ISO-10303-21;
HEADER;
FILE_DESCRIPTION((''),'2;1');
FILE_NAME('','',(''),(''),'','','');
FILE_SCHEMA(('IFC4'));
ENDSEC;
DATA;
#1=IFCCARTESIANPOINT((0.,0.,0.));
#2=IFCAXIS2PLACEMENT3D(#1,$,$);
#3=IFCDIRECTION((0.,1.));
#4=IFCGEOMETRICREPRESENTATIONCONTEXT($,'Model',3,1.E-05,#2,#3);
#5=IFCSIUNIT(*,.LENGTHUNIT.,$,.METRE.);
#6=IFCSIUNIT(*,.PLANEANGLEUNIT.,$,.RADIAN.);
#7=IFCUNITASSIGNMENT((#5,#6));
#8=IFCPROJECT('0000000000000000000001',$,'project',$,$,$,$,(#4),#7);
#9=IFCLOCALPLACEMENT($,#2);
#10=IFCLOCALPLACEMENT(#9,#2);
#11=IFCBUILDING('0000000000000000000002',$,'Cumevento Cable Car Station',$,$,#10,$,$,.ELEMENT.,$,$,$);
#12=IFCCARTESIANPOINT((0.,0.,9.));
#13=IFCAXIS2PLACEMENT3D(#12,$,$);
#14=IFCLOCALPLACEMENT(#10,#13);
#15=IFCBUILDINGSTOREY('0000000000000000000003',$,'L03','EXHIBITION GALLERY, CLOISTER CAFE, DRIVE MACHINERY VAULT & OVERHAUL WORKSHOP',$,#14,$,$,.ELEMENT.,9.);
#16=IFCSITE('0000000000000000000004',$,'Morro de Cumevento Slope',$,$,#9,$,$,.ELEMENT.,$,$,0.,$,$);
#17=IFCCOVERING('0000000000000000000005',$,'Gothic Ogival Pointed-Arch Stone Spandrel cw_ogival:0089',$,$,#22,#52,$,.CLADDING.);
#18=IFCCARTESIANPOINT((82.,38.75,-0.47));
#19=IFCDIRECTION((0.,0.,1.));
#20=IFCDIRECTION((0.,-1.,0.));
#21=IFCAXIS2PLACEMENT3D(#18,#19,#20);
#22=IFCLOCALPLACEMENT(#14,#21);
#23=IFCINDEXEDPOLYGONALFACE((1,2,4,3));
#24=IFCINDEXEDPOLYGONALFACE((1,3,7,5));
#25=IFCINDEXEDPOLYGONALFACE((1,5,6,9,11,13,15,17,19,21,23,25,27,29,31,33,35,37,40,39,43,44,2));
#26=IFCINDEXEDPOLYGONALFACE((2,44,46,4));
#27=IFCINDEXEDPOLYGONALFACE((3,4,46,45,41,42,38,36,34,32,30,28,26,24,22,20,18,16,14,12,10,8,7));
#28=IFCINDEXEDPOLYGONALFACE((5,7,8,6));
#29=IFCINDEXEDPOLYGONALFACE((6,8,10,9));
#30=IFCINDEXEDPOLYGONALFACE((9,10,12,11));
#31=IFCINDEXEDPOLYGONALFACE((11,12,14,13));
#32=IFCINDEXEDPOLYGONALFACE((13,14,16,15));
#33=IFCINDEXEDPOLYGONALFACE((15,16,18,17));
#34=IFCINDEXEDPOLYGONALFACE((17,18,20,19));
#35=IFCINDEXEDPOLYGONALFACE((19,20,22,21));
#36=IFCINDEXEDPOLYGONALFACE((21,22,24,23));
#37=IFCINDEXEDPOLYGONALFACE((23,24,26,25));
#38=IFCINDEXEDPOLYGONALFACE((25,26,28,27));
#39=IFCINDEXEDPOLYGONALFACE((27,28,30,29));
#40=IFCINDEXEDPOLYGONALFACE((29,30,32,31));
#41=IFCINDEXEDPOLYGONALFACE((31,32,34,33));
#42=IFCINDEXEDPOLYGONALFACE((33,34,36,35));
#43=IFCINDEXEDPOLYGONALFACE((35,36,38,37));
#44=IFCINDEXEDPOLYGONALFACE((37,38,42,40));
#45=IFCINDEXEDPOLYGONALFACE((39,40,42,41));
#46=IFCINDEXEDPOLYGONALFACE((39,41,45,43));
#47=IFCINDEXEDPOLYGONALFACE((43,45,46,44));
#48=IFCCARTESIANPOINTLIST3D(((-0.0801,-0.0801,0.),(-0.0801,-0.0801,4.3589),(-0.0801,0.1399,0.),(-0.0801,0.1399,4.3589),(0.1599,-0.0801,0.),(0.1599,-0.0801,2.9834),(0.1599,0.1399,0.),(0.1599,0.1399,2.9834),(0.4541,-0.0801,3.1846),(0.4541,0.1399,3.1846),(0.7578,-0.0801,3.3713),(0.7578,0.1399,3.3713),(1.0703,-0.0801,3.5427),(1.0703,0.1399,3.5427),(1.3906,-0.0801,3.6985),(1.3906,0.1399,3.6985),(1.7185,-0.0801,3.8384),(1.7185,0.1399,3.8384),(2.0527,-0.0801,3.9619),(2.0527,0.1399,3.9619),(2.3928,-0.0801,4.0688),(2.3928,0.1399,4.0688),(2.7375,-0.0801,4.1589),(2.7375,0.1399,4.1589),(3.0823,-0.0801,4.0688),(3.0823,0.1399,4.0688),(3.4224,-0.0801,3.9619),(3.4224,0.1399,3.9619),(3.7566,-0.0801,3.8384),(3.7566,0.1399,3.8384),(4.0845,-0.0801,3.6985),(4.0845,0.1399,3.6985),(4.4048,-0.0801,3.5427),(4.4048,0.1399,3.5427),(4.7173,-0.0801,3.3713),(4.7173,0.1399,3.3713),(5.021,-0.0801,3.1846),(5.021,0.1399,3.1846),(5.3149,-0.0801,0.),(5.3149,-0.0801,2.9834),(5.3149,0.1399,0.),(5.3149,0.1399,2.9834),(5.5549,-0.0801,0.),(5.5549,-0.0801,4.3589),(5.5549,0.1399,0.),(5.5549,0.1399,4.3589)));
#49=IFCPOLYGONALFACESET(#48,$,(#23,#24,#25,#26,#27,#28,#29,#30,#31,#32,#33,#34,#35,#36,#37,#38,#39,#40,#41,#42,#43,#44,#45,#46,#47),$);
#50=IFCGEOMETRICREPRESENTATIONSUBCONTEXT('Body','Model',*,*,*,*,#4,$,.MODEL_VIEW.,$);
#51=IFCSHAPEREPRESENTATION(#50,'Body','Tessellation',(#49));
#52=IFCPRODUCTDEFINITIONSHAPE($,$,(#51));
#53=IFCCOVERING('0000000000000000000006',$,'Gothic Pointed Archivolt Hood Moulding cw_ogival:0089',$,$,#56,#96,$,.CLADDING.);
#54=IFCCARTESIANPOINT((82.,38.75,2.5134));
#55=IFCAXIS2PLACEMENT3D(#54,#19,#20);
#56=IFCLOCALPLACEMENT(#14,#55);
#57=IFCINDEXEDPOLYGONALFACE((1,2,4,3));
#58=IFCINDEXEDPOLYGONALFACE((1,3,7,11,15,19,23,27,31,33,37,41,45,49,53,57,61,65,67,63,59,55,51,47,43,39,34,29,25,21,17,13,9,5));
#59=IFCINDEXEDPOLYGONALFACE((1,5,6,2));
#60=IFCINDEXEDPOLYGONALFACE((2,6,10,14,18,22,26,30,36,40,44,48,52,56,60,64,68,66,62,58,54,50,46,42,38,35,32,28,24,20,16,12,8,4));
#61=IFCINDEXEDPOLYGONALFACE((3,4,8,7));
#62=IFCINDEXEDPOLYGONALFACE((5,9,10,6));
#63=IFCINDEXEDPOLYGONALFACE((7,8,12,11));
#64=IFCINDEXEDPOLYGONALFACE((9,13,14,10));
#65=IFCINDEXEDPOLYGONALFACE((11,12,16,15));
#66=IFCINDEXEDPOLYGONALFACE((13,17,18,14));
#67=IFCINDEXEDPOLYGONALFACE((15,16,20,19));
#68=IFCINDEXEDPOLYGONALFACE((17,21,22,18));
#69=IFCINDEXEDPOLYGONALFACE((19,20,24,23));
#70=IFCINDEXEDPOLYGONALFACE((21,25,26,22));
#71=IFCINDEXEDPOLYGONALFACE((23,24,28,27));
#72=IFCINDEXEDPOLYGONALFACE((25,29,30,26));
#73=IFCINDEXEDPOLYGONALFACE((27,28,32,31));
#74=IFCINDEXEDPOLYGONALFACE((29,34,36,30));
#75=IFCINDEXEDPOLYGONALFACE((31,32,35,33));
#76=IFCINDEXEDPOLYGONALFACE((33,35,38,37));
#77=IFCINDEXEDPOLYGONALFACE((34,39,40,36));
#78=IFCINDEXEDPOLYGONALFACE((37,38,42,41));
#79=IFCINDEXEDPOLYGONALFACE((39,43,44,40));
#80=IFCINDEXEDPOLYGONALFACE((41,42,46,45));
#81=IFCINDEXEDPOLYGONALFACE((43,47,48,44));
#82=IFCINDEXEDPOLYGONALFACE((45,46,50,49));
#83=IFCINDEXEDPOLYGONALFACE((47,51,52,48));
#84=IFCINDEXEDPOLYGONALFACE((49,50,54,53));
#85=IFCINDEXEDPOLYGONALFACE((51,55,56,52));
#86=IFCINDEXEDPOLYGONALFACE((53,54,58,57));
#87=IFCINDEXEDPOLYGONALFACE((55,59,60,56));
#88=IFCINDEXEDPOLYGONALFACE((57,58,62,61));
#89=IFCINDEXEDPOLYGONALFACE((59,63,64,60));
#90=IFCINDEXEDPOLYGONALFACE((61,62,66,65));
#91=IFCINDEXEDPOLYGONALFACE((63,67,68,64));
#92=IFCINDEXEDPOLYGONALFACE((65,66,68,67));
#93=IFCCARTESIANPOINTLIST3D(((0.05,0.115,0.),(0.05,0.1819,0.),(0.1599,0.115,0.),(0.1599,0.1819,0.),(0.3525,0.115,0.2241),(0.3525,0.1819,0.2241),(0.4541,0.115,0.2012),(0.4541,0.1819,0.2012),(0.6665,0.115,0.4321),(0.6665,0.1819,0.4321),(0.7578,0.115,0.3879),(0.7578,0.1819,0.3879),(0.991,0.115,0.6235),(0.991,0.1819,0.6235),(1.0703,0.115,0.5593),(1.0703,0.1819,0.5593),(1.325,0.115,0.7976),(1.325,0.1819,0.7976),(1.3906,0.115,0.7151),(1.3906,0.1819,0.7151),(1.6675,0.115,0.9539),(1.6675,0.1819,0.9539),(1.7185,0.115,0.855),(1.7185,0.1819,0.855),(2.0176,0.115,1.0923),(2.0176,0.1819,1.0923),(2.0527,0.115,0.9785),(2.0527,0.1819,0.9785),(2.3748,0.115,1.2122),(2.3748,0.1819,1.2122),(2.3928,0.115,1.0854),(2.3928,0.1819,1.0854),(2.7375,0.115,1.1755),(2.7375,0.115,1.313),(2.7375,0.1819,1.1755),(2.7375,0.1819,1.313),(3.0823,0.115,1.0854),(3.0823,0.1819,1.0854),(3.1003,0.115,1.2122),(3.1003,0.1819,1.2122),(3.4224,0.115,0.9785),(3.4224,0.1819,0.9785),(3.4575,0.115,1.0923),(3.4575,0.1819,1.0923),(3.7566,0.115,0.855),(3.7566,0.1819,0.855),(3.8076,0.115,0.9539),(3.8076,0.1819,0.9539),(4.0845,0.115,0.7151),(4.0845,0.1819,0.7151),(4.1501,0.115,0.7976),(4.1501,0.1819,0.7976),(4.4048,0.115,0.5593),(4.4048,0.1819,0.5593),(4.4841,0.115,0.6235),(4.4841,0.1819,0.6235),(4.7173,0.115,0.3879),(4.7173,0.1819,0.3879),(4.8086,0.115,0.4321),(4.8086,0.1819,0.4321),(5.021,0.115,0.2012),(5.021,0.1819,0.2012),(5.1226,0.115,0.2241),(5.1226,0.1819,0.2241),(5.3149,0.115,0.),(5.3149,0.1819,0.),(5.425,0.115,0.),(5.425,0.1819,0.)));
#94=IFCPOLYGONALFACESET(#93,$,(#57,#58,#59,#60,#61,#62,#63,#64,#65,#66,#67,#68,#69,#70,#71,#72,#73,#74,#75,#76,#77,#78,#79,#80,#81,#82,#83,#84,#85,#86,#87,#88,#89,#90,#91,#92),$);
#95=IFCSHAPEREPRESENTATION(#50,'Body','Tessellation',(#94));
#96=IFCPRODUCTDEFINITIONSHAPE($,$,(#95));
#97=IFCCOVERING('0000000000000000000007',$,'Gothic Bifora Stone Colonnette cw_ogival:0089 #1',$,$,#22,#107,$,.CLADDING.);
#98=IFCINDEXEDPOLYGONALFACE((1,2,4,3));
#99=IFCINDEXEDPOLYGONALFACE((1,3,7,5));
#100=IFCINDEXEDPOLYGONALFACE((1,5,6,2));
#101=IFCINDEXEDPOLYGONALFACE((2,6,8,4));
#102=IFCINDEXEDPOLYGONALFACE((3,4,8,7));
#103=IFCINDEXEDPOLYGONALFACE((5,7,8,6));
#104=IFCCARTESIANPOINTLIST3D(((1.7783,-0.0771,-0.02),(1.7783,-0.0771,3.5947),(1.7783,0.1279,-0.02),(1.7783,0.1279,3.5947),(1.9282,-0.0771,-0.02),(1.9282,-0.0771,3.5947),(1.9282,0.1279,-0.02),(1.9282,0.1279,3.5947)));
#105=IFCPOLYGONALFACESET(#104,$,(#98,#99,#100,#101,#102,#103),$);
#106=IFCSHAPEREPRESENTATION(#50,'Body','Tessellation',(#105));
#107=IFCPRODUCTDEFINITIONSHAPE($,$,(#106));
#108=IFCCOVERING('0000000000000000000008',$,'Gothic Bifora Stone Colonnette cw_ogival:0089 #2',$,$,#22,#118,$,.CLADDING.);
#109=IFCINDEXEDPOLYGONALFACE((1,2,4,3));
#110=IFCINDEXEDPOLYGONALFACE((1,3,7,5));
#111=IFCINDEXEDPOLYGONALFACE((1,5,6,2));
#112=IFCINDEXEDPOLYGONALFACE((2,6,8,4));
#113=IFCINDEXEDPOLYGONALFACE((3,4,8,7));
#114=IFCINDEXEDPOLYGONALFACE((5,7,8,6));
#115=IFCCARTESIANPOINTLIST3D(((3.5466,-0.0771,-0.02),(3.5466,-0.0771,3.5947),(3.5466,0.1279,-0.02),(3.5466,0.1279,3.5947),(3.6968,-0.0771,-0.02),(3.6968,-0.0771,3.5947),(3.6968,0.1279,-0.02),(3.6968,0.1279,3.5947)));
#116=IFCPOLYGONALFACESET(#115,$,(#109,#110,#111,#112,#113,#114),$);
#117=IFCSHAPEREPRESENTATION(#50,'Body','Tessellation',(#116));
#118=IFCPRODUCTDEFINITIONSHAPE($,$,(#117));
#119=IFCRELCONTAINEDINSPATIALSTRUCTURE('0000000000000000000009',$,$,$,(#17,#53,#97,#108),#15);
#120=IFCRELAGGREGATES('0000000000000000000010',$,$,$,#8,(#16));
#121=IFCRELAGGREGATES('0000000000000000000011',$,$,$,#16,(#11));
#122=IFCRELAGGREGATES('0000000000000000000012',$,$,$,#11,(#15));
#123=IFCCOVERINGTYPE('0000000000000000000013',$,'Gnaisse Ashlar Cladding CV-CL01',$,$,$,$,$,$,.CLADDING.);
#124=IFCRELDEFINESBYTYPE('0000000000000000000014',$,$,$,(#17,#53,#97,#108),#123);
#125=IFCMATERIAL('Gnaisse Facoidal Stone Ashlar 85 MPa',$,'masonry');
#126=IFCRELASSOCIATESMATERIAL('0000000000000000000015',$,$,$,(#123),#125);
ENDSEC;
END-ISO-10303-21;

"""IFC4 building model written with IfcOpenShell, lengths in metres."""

from ifc_helpers import new_model, si_unit, direction, frame, origin, place, context, subcontext, project, spatial, polyline, outline, extrude, material, type_object, element, save


model = new_model("IFC4")

# Units and contexts
model_context = context("Model", 3, precision=1e-05, world=origin(), true_north=direction((0.0, 1.0)))
body_context = subcontext(model_context, "Body", "Model", "MODEL_VIEW")
ifc_project = project(units=[si_unit("LENGTHUNIT", "METRE"), si_unit("PLANEANGLEUNIT", "RADIAN")], contexts=[model_context])

# Site, building, storey
site_placement = place(None, origin())
site = spatial("IfcSite", under=ifc_project, at=site_placement, Name="Morro de Cumevento Slope", CompositionType="ELEMENT", RefElevation=0.0)
building_placement = place(site_placement, origin())
building = spatial("IfcBuilding", under=site, at=building_placement, Name="Cumevento Cable Car Station", CompositionType="ELEMENT")
storey_placement = place(building_placement, frame((0.0, 0.0, 9.0)))
storey = spatial("IfcBuildingStorey", under=building, at=storey_placement, Name="L03", Description="EXHIBITION GALLERY, CLOISTER CAFE, DRIVE MACHINERY VAULT & OVERHAUL WORKSHOP", CompositionType="ELEMENT", Elevation=9.0)

# Coverings
ifc_material_1 = material(Name="Gnaisse Facoidal Stone Ashlar 85 MPa", Category="masonry")
covering_type = type_object("IfcCoveringType", Name="Gnaisse Ashlar Cladding CV-CL01", PredefinedType="CLADDING", material=ifc_material_1)
placement = place(storey_placement, frame((82.0, 38.75, -0.47), z_axis=(0.0, 0.0, 1.0), x_axis=(0.0, -1.0, 0.0)))
element("IfcCovering", 1, at=placement, inside=storey, type_object=covering_type, Name="Gothic Ogival Pointed-Arch Stone Spandrel cw_ogival:0089", PredefinedType="CLADDING", context=body_context, shape_type="SweptSolid", body=[
    extrude(outline(polyline([(-0.0801, 0.0), (-0.0801, 4.3589), (5.5549, 4.3589), (5.5549, 0.0), (5.3149, 0.0), (5.3149, 2.9834), (5.021, 3.1846), (4.7173, 3.3713), (4.4048, 3.5427), (4.0845, 3.6985), (3.7566, 3.8384), (3.4224, 3.9619), (3.0823, 4.0688), (2.7375, 4.1589), (2.3928, 4.0688), (2.0527, 3.9619), (1.7185, 3.8384), (1.3906, 3.6985), (1.0703, 3.5427), (0.7578, 3.3713), (0.4541, 3.1846), (0.1599, 2.9834), (0.1599, 0.0), (-0.0801, 0.0)])), frame((0.0, 0.1399, 0.0), z_axis=(0.0, -1.0, 0.0), x_axis=(1.0, 0.0, 0.0)), (0.0, 0.0, 1.0), 0.22),
])
covering_1_placement = place(storey_placement, frame((82.0, 38.75, 2.5134), z_axis=(0.0, 0.0, 1.0), x_axis=(0.0, -1.0, 0.0)))
element("IfcCovering", 2, at=covering_1_placement, inside=storey, type_object=covering_type, Name="Gothic Pointed Archivolt Hood Moulding cw_ogival:0089", PredefinedType="CLADDING", context=body_context, shape_type="SweptSolid", body=[
    extrude(outline(polyline([(0.1599, 0.0), (0.4541, 0.2012), (0.7578, 0.3879), (1.0703, 0.5593), (1.3906, 0.7151), (1.7185, 0.855), (2.0527, 0.9785), (2.3928, 1.0854), (2.7375, 1.1755), (3.0823, 1.0854), (3.4224, 0.9785), (3.7566, 0.855), (4.0845, 0.7151), (4.4048, 0.5593), (4.7173, 0.3879), (5.021, 0.2012), (5.3149, 0.0), (5.425, 0.0), (5.1226, 0.2241), (4.8086, 0.4321), (4.4841, 0.6235), (4.1501, 0.7976), (3.8076, 0.9539), (3.4575, 1.0923), (3.1003, 1.2122), (2.7375, 1.313), (2.3748, 1.2122), (2.0176, 1.0923), (1.6675, 0.9539), (1.325, 0.7976), (0.991, 0.6235), (0.6665, 0.4321), (0.3525, 0.2241), (0.05, 0.0), (0.1599, 0.0)])), frame((0.0, 0.1819, 0.0), z_axis=(0.0, -1.0, 0.0), x_axis=(1.0, 0.0, 0.0)), (0.0, 0.0, 1.0), 0.0669),
])
element("IfcCovering", 3, at=placement, inside=storey, type_object=covering_type, Name="Gothic Bifora Stone Colonnette cw_ogival:0089 #1", PredefinedType="CLADDING", context=body_context, shape_type="SweptSolid", body=[
    extrude(outline(polyline([(1.7783, -0.02), (1.9282, -0.02), (1.9282, 3.5947), (1.7783, 3.5947), (1.7783, -0.02)])), frame((0.0, 0.1279, 0.0), z_axis=(0.0, -1.0, 0.0), x_axis=(1.0, 0.0, 0.0)), (0.0, 0.0, 1.0), 0.2051),
])
element("IfcCovering", 4, at=placement, inside=storey, type_object=covering_type, Name="Gothic Bifora Stone Colonnette cw_ogival:0089 #2", PredefinedType="CLADDING", context=body_context, shape_type="SweptSolid", body=[
    extrude(outline(polyline([(3.5466, -0.02), (3.6968, -0.02), (3.6968, 3.5947), (3.5466, 3.5947), (3.5466, -0.02)])), frame((0.0, 0.1279, 0.0), z_axis=(0.0, -1.0, 0.0), x_axis=(1.0, 0.0, 0.0)), (0.0, 0.0, 1.0), 0.2051),
])

save(model, "model.ifc")
